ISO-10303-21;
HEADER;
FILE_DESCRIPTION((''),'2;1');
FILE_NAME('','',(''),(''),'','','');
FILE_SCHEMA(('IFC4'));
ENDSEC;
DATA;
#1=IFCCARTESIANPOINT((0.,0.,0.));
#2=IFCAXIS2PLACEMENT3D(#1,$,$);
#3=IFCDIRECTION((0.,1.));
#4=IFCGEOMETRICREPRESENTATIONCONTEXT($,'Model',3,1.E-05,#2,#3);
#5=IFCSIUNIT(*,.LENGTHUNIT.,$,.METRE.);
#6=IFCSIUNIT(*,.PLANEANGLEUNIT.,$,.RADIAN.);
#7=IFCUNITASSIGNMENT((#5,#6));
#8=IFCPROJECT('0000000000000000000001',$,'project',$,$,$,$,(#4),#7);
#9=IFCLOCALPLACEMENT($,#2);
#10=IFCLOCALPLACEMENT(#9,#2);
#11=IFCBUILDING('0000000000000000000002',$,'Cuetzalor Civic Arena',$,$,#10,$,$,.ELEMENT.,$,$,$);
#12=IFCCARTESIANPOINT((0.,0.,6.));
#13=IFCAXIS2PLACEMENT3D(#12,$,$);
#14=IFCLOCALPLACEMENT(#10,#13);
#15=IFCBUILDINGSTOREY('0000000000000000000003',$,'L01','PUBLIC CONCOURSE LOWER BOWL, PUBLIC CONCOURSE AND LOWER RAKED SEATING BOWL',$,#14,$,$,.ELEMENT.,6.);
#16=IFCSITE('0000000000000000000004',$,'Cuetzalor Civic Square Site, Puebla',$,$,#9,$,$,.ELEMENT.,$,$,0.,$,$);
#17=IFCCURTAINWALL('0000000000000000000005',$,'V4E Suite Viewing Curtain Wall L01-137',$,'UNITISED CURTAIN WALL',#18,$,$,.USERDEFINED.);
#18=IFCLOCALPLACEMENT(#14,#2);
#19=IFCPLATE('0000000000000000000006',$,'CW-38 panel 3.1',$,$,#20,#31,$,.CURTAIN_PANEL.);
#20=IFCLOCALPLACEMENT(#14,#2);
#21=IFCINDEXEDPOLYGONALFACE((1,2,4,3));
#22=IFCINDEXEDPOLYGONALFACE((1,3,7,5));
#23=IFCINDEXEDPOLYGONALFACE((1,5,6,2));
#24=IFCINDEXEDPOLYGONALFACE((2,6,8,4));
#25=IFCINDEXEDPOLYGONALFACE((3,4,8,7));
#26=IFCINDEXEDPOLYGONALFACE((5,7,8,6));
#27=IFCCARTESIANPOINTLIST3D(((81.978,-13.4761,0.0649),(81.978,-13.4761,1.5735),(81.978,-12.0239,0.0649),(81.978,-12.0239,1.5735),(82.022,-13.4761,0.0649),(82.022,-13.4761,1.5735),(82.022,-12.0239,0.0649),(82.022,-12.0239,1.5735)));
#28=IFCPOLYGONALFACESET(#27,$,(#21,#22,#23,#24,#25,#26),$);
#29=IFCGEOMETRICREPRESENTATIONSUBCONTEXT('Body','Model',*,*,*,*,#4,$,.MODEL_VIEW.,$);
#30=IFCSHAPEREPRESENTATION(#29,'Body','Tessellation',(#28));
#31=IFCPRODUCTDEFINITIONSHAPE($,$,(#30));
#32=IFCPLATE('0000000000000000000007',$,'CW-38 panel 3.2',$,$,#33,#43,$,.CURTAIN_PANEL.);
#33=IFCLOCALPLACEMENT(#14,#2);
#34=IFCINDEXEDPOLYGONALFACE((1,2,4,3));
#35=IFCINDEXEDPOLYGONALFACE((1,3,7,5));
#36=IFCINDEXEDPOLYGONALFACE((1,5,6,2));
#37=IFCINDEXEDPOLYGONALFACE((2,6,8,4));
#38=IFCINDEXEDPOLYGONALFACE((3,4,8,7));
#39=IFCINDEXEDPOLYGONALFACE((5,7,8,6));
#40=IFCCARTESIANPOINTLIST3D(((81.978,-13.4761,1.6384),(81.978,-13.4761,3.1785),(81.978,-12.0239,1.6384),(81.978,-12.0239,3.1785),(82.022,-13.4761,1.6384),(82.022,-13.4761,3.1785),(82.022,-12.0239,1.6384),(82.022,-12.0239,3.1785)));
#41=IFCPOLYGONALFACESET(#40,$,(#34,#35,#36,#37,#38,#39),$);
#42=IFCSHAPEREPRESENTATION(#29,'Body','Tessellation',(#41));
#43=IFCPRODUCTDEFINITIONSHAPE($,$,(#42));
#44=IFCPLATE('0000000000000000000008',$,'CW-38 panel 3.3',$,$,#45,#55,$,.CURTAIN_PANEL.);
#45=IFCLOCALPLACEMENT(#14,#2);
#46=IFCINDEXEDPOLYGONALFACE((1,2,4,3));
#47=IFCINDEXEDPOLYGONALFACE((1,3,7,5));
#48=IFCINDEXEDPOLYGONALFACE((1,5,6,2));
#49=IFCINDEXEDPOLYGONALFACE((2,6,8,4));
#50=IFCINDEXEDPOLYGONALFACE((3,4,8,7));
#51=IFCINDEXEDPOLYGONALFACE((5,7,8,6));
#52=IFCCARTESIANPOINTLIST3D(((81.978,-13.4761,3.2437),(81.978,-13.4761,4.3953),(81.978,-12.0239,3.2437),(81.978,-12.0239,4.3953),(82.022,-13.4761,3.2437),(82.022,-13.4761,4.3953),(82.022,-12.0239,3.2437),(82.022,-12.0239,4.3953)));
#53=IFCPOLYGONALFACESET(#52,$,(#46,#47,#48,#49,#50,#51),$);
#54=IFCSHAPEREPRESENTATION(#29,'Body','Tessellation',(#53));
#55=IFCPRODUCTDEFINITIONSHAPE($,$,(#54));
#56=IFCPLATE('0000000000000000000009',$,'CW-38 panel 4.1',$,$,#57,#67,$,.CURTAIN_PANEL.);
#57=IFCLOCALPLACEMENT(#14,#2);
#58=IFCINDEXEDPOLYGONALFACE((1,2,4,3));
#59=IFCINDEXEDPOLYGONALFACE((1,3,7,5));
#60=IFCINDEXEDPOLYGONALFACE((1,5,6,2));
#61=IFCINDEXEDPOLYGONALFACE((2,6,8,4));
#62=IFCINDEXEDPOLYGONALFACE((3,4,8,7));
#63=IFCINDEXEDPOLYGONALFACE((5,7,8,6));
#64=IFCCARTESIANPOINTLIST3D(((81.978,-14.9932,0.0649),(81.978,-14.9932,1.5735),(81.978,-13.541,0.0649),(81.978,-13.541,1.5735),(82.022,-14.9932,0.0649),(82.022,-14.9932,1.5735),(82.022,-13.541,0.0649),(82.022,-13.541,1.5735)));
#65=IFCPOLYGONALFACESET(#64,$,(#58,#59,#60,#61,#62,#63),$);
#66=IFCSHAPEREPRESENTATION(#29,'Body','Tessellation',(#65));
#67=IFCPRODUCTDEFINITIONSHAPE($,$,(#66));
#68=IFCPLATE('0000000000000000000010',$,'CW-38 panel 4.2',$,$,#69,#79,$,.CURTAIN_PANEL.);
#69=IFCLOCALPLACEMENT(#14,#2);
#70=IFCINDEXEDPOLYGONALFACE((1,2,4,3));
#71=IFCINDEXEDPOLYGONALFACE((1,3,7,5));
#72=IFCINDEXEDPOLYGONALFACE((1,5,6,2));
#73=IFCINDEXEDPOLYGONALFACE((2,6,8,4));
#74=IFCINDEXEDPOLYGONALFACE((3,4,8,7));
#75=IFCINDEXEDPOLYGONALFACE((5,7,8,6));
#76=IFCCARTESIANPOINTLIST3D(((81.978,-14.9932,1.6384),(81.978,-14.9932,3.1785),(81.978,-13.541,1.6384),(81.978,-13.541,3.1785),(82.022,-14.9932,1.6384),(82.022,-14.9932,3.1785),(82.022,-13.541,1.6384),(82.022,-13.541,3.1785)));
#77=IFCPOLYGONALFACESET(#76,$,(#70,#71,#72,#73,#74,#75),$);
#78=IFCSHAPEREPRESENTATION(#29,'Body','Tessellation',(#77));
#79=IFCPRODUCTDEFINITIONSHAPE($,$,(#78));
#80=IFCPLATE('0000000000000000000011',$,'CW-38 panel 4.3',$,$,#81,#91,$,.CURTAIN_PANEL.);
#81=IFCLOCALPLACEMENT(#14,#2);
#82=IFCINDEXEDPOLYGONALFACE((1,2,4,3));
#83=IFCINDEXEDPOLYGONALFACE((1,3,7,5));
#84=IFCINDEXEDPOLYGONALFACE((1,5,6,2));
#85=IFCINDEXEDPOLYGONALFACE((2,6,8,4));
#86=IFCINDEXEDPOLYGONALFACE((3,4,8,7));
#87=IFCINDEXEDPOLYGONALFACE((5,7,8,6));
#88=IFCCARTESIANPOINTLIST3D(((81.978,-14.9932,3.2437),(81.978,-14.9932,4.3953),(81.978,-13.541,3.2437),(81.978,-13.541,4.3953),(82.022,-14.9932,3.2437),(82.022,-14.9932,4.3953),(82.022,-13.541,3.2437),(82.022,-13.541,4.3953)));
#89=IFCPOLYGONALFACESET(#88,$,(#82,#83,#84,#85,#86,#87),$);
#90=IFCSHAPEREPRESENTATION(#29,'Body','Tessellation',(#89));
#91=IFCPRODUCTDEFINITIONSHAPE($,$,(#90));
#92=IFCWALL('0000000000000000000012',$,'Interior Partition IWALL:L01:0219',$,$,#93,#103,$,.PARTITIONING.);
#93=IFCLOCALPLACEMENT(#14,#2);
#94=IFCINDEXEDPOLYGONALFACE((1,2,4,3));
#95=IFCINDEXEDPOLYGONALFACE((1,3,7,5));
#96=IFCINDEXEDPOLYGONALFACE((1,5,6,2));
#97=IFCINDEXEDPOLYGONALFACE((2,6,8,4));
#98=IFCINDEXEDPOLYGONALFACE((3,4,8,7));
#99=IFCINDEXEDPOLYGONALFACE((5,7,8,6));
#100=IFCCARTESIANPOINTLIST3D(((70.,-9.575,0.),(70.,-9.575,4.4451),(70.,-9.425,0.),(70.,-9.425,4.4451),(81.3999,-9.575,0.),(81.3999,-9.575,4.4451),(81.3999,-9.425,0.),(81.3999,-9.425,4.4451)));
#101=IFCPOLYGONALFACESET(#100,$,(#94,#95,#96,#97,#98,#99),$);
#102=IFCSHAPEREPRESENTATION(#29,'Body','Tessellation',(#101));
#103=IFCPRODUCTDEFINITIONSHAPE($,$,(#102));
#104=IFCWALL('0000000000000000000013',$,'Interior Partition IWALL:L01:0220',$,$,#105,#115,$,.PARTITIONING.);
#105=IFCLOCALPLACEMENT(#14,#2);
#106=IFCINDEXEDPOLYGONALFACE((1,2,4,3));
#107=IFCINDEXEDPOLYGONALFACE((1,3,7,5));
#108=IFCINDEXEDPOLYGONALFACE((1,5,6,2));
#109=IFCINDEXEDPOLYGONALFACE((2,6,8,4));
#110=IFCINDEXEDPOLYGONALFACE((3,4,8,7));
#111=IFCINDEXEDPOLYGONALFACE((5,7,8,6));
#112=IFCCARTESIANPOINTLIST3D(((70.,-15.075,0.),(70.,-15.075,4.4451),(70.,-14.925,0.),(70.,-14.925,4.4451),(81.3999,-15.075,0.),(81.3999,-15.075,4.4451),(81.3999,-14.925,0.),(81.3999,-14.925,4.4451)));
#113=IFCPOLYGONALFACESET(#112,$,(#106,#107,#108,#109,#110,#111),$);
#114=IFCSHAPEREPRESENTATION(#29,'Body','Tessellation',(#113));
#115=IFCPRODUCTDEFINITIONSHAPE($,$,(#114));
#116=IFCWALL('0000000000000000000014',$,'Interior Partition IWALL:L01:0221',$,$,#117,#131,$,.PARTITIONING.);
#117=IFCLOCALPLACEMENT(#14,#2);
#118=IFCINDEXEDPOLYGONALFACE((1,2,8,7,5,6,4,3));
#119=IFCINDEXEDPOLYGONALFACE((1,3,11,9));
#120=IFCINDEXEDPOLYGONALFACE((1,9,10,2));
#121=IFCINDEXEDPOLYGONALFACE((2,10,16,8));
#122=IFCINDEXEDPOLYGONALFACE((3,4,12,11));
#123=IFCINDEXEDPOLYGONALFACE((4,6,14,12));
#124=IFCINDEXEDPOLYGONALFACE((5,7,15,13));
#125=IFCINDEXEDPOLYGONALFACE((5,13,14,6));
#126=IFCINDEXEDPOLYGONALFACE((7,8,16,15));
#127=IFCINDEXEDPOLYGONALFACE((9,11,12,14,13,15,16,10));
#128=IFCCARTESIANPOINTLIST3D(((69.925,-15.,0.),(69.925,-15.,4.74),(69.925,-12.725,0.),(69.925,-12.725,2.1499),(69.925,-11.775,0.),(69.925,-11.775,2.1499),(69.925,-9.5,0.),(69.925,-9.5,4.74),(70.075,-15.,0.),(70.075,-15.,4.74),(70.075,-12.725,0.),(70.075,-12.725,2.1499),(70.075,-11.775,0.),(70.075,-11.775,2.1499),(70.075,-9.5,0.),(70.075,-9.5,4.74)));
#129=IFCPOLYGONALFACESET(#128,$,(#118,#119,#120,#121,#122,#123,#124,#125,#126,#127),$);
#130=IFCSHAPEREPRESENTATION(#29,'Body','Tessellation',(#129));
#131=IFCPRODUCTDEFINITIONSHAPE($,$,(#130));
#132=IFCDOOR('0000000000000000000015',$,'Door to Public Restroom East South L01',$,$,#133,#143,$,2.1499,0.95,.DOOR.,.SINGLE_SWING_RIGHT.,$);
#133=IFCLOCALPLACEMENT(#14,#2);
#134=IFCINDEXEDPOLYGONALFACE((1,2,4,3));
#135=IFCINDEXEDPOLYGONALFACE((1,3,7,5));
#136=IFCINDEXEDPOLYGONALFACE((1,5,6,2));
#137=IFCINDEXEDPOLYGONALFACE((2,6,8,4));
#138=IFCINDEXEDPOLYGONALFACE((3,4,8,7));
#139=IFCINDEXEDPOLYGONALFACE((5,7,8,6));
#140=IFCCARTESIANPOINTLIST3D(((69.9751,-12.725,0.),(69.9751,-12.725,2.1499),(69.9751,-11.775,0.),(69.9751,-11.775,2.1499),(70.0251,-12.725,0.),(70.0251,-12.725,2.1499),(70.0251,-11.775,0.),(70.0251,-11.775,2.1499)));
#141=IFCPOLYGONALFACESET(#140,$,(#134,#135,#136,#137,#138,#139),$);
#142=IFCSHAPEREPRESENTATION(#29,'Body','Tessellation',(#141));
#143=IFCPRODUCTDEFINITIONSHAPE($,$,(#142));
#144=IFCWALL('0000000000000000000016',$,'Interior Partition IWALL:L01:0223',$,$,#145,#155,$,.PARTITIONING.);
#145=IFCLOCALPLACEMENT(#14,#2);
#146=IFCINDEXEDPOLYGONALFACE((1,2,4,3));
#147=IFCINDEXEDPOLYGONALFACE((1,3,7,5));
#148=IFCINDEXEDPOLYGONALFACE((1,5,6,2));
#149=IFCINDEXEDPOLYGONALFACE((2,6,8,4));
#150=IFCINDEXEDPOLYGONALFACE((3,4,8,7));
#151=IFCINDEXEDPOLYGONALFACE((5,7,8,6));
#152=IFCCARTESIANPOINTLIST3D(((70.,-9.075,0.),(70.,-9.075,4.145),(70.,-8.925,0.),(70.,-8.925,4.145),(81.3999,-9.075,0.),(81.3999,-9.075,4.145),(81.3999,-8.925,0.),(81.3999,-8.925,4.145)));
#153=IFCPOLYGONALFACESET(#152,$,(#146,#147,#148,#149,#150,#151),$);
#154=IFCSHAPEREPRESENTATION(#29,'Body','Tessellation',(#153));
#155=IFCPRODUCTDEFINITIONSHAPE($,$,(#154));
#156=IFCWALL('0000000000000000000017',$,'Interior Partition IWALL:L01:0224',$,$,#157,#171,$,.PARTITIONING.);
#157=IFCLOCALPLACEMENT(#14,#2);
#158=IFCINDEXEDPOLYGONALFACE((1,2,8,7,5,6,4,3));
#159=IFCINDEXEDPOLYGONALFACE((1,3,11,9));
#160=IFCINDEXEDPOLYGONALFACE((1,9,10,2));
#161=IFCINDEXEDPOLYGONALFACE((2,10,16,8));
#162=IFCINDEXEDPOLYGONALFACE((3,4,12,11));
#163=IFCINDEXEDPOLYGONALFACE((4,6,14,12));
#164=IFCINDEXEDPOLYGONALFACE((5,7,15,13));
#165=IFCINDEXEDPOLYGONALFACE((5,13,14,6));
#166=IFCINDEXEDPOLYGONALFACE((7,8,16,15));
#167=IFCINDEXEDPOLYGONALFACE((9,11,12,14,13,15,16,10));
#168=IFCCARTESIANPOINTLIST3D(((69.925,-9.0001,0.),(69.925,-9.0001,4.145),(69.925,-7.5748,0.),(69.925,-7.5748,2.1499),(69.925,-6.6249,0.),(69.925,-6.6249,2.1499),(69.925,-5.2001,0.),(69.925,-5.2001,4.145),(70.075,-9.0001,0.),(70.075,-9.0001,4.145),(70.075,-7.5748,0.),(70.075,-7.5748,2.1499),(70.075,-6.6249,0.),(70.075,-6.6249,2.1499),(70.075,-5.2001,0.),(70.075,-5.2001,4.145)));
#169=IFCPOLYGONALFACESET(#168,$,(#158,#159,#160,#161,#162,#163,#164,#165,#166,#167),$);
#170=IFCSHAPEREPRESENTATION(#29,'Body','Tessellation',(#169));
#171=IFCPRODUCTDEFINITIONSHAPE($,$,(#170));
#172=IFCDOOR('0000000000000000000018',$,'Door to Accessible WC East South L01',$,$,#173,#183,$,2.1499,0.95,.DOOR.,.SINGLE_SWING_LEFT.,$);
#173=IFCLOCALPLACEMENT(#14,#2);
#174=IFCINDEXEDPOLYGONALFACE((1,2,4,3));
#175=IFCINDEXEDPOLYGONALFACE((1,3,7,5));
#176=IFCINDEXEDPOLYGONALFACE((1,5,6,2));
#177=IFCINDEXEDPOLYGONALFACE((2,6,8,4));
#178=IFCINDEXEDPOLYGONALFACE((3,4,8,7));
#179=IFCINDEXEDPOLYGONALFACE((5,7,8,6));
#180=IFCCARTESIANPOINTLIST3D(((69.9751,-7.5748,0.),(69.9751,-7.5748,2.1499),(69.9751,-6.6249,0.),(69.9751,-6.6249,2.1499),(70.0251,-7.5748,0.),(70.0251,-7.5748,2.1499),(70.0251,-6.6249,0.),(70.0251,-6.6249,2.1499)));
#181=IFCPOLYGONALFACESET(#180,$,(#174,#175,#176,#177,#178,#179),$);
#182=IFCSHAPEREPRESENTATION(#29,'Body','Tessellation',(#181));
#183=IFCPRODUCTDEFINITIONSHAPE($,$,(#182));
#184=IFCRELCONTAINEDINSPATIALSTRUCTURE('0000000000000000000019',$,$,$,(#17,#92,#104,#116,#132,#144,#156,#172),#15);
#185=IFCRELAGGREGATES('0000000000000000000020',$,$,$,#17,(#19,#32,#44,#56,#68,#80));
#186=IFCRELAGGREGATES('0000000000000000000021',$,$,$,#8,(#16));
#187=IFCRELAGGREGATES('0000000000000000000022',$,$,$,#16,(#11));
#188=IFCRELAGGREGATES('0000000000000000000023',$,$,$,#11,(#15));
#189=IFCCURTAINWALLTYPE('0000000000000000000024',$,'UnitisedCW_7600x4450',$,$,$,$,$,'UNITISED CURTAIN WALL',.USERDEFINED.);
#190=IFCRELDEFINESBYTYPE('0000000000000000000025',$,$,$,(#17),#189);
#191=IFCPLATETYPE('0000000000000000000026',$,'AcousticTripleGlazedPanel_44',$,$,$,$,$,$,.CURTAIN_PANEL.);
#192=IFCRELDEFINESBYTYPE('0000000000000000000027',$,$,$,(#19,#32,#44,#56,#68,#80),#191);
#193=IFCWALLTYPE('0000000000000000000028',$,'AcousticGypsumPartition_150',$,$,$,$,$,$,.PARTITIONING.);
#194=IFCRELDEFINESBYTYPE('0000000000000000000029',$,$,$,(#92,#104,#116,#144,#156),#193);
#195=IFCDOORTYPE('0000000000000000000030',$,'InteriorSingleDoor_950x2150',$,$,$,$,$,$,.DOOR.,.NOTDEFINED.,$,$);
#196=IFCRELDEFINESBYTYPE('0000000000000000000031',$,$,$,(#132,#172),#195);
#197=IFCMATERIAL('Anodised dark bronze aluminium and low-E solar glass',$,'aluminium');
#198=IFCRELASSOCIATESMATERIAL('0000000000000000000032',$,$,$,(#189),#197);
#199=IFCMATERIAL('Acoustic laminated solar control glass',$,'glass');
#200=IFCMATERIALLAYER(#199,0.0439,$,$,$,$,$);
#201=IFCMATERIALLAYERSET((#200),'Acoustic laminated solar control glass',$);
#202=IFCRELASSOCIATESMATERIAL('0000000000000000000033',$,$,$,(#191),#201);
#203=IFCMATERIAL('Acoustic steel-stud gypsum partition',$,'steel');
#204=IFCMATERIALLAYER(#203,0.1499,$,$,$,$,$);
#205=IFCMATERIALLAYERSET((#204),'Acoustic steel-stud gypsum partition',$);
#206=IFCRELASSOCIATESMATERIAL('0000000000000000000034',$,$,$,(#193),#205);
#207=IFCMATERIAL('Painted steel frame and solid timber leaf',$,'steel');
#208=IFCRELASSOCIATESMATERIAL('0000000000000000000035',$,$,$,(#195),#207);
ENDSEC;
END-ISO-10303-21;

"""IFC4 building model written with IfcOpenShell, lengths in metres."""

from ifc_helpers import new_model, si_unit, direction, frame, frame_2d, origin, origin_2d, place, context, subcontext, project, spatial, rectangle, extrude, material, layer, layer_set, type_object, element, fill, aggregate, save


model = new_model("IFC4")

# Units and contexts
model_context = context("Model", 3, precision=1e-05, world=origin(), true_north=direction((0.0, 1.0)))
body_context = subcontext(model_context, "Body", "Model", "MODEL_VIEW")
ifc_project = project(units=[si_unit("LENGTHUNIT", "METRE"), si_unit("PLANEANGLEUNIT", "RADIAN")], contexts=[model_context])

# Site, building, storey
site_placement = place(None, origin())
site = spatial("IfcSite", under=ifc_project, at=site_placement, Name="Cuetzalor Civic Square Site, Puebla", CompositionType="ELEMENT", RefElevation=0.0)
building_placement = place(site_placement, origin())
building = spatial("IfcBuilding", under=site, at=building_placement, Name="Cuetzalor Civic Arena", CompositionType="ELEMENT")
storey_placement = place(building_placement, frame((0.0, 0.0, 6.0)))
storey = spatial("IfcBuildingStorey", under=building, at=storey_placement, Name="L01", Description="PUBLIC CONCOURSE LOWER BOWL, PUBLIC CONCOURSE AND LOWER RAKED SEATING BOWL", CompositionType="ELEMENT", Elevation=6.0)

# Curtain wall
ifc_material_1 = material(Name="Anodised dark bronze aluminium and low-E solar glass", Category="aluminium")
curtain_wall_type = type_object("IfcCurtainWallType", Name="UnitisedCW_7600x4450", ElementType="UNITISED CURTAIN WALL", PredefinedType="USERDEFINED", material=ifc_material_1)
curtain_wall_placement = place(storey_placement, origin())
curtain_wall = element("IfcCurtainWall", 1, at=curtain_wall_placement, inside=storey, type_object=curtain_wall_type, Name="V4E Suite Viewing Curtain Wall L01-137", ObjectType="UNITISED CURTAIN WALL", PredefinedType="USERDEFINED")

# Plates
ifc_material_2 = material(Name="Acoustic laminated solar control glass", Category="glass")
ifc_layer_1 = layer(ifc_material_2, 0.0439)
ifc_layer_set_1 = layer_set([ifc_layer_1], Name="Acoustic laminated solar control glass")
plate_type = type_object("IfcPlateType", Name="AcousticTripleGlazedPanel_44", PredefinedType="CURTAIN_PANEL", material=ifc_layer_set_1)
plate_1_placement = place(storey_placement, frame((82.0, -12.75, 0.0649), z_axis=(0.0, 0.0, 1.0), x_axis=(0.0, -1.0, 0.0)))
plate_1 = element("IfcPlate", 2, at=plate_1_placement, type_object=plate_type, Name="CW-38 panel 3.1", PredefinedType="CURTAIN_PANEL", context=body_context, shape_type="SweptSolid", body=[
    extrude(rectangle(XDim=1.4521, YDim=0.0439, at=origin_2d()), origin(), (0.0, 0.0, 1.0), 1.5085),
])
plate_2_placement = place(storey_placement, frame((82.0, -12.75, 1.6384), z_axis=(0.0, 0.0, 1.0), x_axis=(0.0, -1.0, 0.0)))
plate_2 = element("IfcPlate", 3, at=plate_2_placement, type_object=plate_type, Name="CW-38 panel 3.2", PredefinedType="CURTAIN_PANEL", context=body_context, shape_type="SweptSolid", body=[
    extrude(rectangle(XDim=1.4521, YDim=0.0439, at=origin_2d()), origin(), (0.0, 0.0, 1.0), 1.54),
])
plate_3_placement = place(storey_placement, frame((82.0, -12.75, 3.2437), z_axis=(0.0, 0.0, 1.0), x_axis=(0.0, -1.0, 0.0)))
plate_3 = element("IfcPlate", 4, at=plate_3_placement, type_object=plate_type, Name="CW-38 panel 3.3", PredefinedType="CURTAIN_PANEL", context=body_context, shape_type="SweptSolid", body=[
    extrude(rectangle(XDim=1.4521, YDim=0.0439, at=origin_2d()), origin(), (0.0, 0.0, 1.0), 1.1516),
])
plate_4_placement = place(storey_placement, frame((82.0, -14.2671, 0.0649), z_axis=(0.0, 0.0, 1.0), x_axis=(0.0, -1.0, 0.0)))
plate_4 = element("IfcPlate", 5, at=plate_4_placement, type_object=plate_type, Name="CW-38 panel 4.1", PredefinedType="CURTAIN_PANEL", context=body_context, shape_type="SweptSolid", body=[
    extrude(rectangle(XDim=1.4521, YDim=0.0439, at=origin_2d()), origin(), (0.0, 0.0, 1.0), 1.5085),
])
plate_5_placement = place(storey_placement, frame((82.0, -14.2671, 1.6384), z_axis=(0.0, 0.0, 1.0), x_axis=(0.0, -1.0, 0.0)))
plate_5 = element("IfcPlate", 6, at=plate_5_placement, type_object=plate_type, Name="CW-38 panel 4.2", PredefinedType="CURTAIN_PANEL", context=body_context, shape_type="SweptSolid", body=[
    extrude(rectangle(XDim=1.4521, YDim=0.0439, at=origin_2d()), origin(), (0.0, 0.0, 1.0), 1.54),
])
plate_6_placement = place(storey_placement, frame((82.0, -14.2671, 3.2437), z_axis=(0.0, 0.0, 1.0), x_axis=(0.0, -1.0, 0.0)))
plate_6 = element("IfcPlate", 7, at=plate_6_placement, type_object=plate_type, Name="CW-38 panel 4.3", PredefinedType="CURTAIN_PANEL", context=body_context, shape_type="SweptSolid", body=[
    extrude(rectangle(XDim=1.4521, YDim=0.0439, at=origin_2d()), origin(), (0.0, 0.0, 1.0), 1.1516),
])
aggregate(curtain_wall, [plate_1, plate_2, plate_3, plate_4, plate_5, plate_6])

# Walls
ifc_material_3 = material(Name="Acoustic steel-stud gypsum partition", Category="steel")
ifc_layer_2 = layer(ifc_material_3, 0.1499)
ifc_layer_set_2 = layer_set([ifc_layer_2], Name="Acoustic steel-stud gypsum partition")
wall_type = type_object("IfcWallType", Name="AcousticGypsumPartition_150", PredefinedType="PARTITIONING", material=ifc_layer_set_2)
for number, where, z_axis, x_axis, name in (
    (8, (70.0, -9.5, 0.0), (0.0, 0.0, 1.0), (1.0, 0.0, 0.0), "Interior Partition IWALL:L01:0219"),
    (9, (81.3999, -15.0, 0.0), (0.0, 0.0, 1.0), (-1.0, 0.0, 0.0), "Interior Partition IWALL:L01:0220"),
):
    element("IfcWall", number, at=place(storey_placement, frame(where, z_axis=z_axis, x_axis=x_axis)), inside=storey, type_object=wall_type, Name=name, PredefinedType="PARTITIONING", context=body_context, shape_type="SweptSolid", body=[
        extrude(rectangle(XDim=11.3999, YDim=0.1499, at=frame_2d((5.7, 0.0))), origin(), (0.0, 0.0, 1.0), 4.4451),
    ])

# Wall, opening, door
wall_1_placement = place(storey_placement, frame((70.0, -15.0, 0.0), z_axis=(0.0, 0.0, 1.0), x_axis=(0.0, 1.0, 0.0)))
wall_1 = element("IfcWall", 10, at=wall_1_placement, inside=storey, type_object=wall_type, Name="Interior Partition IWALL:L01:0221", PredefinedType="PARTITIONING", context=body_context, shape_type="SweptSolid", body=[
    extrude(rectangle(XDim=5.5, YDim=0.1499, at=frame_2d((2.75, 0.0))), origin(), (0.0, 0.0, 1.0), 4.74),
])
opening_1_placement = place(wall_1_placement, frame((2.2749, 0.0, 0.0)))
opening_1 = element("IfcOpeningElement", 11, at=opening_1_placement, cuts=wall_1, PredefinedType="OPENING", context=body_context, shape_type="SweptSolid", body=[
    extrude(rectangle(XDim=0.95, YDim=2.1499, at=frame_2d((0.4751, 1.075))), frame((0.0, 0.085, 0.0), z_axis=(0.0, -1.0, 0.0), x_axis=(1.0, 0.0, 0.0)), (0.0, 0.0, 1.0), 0.1699),
])
ifc_material_4 = material(Name="Painted steel frame and solid timber leaf", Category="steel")
door_type = type_object("IfcDoorType", Name="InteriorSingleDoor_950x2150", OperationType="NOTDEFINED", PredefinedType="DOOR", material=ifc_material_4)
door_1_placement = place(opening_1_placement, origin())
door_1 = element("IfcDoor", 12, at=door_1_placement, inside=storey, type_object=door_type, Name="Door to Public Restroom East South L01", OperationType="SINGLE_SWING_RIGHT", OverallHeight=2.1499, OverallWidth=0.95, PredefinedType="DOOR", context=body_context, shape_type="SweptSolid", body=[
    extrude(rectangle(XDim=0.95, YDim=2.1499, at=frame_2d((0.4751, 1.075))), frame((0.0, 0.0249, 0.0), z_axis=(0.0, -1.0, 0.0), x_axis=(1.0, 0.0, 0.0)), (0.0, 0.0, 1.0), 0.05),
])
fill(opening_1, door_1)

# Wall
wall_2_placement = place(storey_placement, frame((81.3999, -9.0, 0.0), z_axis=(0.0, 0.0, 1.0), x_axis=(-1.0, 0.0, 0.0)))
element("IfcWall", 13, at=wall_2_placement, inside=storey, type_object=wall_type, Name="Interior Partition IWALL:L01:0223", PredefinedType="PARTITIONING", context=body_context, shape_type="SweptSolid", body=[
    extrude(rectangle(XDim=11.3999, YDim=0.1499, at=frame_2d((5.7, 0.0))), origin(), (0.0, 0.0, 1.0), 4.145),
])

# Wall, opening, door
wall_3_placement = place(storey_placement, frame((70.0, -9.0, 0.0), z_axis=(0.0, 0.0, 1.0), x_axis=(0.0, 1.0, 0.0)))
wall_3 = element("IfcWall", 14, at=wall_3_placement, inside=storey, type_object=wall_type, Name="Interior Partition IWALL:L01:0224", PredefinedType="PARTITIONING", context=body_context, shape_type="SweptSolid", body=[
    extrude(rectangle(XDim=3.8, YDim=0.1499, at=frame_2d((1.8999, 0.0))), origin(), (0.0, 0.0, 1.0), 4.145),
])
opening_2_placement = place(wall_3_placement, frame((1.425, 0.0, 0.0)))
opening_2 = element("IfcOpeningElement", 15, at=opening_2_placement, cuts=wall_3, PredefinedType="OPENING", context=body_context, shape_type="SweptSolid", body=[
    extrude(rectangle(XDim=0.95, YDim=2.1499, at=frame_2d((0.4751, 1.075))), frame((0.0, 0.085, 0.0), z_axis=(0.0, -1.0, 0.0), x_axis=(1.0, 0.0, 0.0)), (0.0, 0.0, 1.0), 0.1699),
])
door_2_placement = place(opening_2_placement, origin())
door_2 = element("IfcDoor", 16, at=door_2_placement, inside=storey, type_object=door_type, Name="Door to Accessible WC East South L01", OperationType="SINGLE_SWING_LEFT", OverallHeight=2.1499, OverallWidth=0.95, PredefinedType="DOOR", context=body_context, shape_type="SweptSolid", body=[
    extrude(rectangle(XDim=0.95, YDim=2.1499, at=frame_2d((0.4751, 1.075))), frame((0.0, 0.0249, 0.0), z_axis=(0.0, -1.0, 0.0), x_axis=(1.0, 0.0, 0.0)), (0.0, 0.0, 1.0), 0.05),
])
fill(opening_2, door_2)

save(model, "model.ifc")
